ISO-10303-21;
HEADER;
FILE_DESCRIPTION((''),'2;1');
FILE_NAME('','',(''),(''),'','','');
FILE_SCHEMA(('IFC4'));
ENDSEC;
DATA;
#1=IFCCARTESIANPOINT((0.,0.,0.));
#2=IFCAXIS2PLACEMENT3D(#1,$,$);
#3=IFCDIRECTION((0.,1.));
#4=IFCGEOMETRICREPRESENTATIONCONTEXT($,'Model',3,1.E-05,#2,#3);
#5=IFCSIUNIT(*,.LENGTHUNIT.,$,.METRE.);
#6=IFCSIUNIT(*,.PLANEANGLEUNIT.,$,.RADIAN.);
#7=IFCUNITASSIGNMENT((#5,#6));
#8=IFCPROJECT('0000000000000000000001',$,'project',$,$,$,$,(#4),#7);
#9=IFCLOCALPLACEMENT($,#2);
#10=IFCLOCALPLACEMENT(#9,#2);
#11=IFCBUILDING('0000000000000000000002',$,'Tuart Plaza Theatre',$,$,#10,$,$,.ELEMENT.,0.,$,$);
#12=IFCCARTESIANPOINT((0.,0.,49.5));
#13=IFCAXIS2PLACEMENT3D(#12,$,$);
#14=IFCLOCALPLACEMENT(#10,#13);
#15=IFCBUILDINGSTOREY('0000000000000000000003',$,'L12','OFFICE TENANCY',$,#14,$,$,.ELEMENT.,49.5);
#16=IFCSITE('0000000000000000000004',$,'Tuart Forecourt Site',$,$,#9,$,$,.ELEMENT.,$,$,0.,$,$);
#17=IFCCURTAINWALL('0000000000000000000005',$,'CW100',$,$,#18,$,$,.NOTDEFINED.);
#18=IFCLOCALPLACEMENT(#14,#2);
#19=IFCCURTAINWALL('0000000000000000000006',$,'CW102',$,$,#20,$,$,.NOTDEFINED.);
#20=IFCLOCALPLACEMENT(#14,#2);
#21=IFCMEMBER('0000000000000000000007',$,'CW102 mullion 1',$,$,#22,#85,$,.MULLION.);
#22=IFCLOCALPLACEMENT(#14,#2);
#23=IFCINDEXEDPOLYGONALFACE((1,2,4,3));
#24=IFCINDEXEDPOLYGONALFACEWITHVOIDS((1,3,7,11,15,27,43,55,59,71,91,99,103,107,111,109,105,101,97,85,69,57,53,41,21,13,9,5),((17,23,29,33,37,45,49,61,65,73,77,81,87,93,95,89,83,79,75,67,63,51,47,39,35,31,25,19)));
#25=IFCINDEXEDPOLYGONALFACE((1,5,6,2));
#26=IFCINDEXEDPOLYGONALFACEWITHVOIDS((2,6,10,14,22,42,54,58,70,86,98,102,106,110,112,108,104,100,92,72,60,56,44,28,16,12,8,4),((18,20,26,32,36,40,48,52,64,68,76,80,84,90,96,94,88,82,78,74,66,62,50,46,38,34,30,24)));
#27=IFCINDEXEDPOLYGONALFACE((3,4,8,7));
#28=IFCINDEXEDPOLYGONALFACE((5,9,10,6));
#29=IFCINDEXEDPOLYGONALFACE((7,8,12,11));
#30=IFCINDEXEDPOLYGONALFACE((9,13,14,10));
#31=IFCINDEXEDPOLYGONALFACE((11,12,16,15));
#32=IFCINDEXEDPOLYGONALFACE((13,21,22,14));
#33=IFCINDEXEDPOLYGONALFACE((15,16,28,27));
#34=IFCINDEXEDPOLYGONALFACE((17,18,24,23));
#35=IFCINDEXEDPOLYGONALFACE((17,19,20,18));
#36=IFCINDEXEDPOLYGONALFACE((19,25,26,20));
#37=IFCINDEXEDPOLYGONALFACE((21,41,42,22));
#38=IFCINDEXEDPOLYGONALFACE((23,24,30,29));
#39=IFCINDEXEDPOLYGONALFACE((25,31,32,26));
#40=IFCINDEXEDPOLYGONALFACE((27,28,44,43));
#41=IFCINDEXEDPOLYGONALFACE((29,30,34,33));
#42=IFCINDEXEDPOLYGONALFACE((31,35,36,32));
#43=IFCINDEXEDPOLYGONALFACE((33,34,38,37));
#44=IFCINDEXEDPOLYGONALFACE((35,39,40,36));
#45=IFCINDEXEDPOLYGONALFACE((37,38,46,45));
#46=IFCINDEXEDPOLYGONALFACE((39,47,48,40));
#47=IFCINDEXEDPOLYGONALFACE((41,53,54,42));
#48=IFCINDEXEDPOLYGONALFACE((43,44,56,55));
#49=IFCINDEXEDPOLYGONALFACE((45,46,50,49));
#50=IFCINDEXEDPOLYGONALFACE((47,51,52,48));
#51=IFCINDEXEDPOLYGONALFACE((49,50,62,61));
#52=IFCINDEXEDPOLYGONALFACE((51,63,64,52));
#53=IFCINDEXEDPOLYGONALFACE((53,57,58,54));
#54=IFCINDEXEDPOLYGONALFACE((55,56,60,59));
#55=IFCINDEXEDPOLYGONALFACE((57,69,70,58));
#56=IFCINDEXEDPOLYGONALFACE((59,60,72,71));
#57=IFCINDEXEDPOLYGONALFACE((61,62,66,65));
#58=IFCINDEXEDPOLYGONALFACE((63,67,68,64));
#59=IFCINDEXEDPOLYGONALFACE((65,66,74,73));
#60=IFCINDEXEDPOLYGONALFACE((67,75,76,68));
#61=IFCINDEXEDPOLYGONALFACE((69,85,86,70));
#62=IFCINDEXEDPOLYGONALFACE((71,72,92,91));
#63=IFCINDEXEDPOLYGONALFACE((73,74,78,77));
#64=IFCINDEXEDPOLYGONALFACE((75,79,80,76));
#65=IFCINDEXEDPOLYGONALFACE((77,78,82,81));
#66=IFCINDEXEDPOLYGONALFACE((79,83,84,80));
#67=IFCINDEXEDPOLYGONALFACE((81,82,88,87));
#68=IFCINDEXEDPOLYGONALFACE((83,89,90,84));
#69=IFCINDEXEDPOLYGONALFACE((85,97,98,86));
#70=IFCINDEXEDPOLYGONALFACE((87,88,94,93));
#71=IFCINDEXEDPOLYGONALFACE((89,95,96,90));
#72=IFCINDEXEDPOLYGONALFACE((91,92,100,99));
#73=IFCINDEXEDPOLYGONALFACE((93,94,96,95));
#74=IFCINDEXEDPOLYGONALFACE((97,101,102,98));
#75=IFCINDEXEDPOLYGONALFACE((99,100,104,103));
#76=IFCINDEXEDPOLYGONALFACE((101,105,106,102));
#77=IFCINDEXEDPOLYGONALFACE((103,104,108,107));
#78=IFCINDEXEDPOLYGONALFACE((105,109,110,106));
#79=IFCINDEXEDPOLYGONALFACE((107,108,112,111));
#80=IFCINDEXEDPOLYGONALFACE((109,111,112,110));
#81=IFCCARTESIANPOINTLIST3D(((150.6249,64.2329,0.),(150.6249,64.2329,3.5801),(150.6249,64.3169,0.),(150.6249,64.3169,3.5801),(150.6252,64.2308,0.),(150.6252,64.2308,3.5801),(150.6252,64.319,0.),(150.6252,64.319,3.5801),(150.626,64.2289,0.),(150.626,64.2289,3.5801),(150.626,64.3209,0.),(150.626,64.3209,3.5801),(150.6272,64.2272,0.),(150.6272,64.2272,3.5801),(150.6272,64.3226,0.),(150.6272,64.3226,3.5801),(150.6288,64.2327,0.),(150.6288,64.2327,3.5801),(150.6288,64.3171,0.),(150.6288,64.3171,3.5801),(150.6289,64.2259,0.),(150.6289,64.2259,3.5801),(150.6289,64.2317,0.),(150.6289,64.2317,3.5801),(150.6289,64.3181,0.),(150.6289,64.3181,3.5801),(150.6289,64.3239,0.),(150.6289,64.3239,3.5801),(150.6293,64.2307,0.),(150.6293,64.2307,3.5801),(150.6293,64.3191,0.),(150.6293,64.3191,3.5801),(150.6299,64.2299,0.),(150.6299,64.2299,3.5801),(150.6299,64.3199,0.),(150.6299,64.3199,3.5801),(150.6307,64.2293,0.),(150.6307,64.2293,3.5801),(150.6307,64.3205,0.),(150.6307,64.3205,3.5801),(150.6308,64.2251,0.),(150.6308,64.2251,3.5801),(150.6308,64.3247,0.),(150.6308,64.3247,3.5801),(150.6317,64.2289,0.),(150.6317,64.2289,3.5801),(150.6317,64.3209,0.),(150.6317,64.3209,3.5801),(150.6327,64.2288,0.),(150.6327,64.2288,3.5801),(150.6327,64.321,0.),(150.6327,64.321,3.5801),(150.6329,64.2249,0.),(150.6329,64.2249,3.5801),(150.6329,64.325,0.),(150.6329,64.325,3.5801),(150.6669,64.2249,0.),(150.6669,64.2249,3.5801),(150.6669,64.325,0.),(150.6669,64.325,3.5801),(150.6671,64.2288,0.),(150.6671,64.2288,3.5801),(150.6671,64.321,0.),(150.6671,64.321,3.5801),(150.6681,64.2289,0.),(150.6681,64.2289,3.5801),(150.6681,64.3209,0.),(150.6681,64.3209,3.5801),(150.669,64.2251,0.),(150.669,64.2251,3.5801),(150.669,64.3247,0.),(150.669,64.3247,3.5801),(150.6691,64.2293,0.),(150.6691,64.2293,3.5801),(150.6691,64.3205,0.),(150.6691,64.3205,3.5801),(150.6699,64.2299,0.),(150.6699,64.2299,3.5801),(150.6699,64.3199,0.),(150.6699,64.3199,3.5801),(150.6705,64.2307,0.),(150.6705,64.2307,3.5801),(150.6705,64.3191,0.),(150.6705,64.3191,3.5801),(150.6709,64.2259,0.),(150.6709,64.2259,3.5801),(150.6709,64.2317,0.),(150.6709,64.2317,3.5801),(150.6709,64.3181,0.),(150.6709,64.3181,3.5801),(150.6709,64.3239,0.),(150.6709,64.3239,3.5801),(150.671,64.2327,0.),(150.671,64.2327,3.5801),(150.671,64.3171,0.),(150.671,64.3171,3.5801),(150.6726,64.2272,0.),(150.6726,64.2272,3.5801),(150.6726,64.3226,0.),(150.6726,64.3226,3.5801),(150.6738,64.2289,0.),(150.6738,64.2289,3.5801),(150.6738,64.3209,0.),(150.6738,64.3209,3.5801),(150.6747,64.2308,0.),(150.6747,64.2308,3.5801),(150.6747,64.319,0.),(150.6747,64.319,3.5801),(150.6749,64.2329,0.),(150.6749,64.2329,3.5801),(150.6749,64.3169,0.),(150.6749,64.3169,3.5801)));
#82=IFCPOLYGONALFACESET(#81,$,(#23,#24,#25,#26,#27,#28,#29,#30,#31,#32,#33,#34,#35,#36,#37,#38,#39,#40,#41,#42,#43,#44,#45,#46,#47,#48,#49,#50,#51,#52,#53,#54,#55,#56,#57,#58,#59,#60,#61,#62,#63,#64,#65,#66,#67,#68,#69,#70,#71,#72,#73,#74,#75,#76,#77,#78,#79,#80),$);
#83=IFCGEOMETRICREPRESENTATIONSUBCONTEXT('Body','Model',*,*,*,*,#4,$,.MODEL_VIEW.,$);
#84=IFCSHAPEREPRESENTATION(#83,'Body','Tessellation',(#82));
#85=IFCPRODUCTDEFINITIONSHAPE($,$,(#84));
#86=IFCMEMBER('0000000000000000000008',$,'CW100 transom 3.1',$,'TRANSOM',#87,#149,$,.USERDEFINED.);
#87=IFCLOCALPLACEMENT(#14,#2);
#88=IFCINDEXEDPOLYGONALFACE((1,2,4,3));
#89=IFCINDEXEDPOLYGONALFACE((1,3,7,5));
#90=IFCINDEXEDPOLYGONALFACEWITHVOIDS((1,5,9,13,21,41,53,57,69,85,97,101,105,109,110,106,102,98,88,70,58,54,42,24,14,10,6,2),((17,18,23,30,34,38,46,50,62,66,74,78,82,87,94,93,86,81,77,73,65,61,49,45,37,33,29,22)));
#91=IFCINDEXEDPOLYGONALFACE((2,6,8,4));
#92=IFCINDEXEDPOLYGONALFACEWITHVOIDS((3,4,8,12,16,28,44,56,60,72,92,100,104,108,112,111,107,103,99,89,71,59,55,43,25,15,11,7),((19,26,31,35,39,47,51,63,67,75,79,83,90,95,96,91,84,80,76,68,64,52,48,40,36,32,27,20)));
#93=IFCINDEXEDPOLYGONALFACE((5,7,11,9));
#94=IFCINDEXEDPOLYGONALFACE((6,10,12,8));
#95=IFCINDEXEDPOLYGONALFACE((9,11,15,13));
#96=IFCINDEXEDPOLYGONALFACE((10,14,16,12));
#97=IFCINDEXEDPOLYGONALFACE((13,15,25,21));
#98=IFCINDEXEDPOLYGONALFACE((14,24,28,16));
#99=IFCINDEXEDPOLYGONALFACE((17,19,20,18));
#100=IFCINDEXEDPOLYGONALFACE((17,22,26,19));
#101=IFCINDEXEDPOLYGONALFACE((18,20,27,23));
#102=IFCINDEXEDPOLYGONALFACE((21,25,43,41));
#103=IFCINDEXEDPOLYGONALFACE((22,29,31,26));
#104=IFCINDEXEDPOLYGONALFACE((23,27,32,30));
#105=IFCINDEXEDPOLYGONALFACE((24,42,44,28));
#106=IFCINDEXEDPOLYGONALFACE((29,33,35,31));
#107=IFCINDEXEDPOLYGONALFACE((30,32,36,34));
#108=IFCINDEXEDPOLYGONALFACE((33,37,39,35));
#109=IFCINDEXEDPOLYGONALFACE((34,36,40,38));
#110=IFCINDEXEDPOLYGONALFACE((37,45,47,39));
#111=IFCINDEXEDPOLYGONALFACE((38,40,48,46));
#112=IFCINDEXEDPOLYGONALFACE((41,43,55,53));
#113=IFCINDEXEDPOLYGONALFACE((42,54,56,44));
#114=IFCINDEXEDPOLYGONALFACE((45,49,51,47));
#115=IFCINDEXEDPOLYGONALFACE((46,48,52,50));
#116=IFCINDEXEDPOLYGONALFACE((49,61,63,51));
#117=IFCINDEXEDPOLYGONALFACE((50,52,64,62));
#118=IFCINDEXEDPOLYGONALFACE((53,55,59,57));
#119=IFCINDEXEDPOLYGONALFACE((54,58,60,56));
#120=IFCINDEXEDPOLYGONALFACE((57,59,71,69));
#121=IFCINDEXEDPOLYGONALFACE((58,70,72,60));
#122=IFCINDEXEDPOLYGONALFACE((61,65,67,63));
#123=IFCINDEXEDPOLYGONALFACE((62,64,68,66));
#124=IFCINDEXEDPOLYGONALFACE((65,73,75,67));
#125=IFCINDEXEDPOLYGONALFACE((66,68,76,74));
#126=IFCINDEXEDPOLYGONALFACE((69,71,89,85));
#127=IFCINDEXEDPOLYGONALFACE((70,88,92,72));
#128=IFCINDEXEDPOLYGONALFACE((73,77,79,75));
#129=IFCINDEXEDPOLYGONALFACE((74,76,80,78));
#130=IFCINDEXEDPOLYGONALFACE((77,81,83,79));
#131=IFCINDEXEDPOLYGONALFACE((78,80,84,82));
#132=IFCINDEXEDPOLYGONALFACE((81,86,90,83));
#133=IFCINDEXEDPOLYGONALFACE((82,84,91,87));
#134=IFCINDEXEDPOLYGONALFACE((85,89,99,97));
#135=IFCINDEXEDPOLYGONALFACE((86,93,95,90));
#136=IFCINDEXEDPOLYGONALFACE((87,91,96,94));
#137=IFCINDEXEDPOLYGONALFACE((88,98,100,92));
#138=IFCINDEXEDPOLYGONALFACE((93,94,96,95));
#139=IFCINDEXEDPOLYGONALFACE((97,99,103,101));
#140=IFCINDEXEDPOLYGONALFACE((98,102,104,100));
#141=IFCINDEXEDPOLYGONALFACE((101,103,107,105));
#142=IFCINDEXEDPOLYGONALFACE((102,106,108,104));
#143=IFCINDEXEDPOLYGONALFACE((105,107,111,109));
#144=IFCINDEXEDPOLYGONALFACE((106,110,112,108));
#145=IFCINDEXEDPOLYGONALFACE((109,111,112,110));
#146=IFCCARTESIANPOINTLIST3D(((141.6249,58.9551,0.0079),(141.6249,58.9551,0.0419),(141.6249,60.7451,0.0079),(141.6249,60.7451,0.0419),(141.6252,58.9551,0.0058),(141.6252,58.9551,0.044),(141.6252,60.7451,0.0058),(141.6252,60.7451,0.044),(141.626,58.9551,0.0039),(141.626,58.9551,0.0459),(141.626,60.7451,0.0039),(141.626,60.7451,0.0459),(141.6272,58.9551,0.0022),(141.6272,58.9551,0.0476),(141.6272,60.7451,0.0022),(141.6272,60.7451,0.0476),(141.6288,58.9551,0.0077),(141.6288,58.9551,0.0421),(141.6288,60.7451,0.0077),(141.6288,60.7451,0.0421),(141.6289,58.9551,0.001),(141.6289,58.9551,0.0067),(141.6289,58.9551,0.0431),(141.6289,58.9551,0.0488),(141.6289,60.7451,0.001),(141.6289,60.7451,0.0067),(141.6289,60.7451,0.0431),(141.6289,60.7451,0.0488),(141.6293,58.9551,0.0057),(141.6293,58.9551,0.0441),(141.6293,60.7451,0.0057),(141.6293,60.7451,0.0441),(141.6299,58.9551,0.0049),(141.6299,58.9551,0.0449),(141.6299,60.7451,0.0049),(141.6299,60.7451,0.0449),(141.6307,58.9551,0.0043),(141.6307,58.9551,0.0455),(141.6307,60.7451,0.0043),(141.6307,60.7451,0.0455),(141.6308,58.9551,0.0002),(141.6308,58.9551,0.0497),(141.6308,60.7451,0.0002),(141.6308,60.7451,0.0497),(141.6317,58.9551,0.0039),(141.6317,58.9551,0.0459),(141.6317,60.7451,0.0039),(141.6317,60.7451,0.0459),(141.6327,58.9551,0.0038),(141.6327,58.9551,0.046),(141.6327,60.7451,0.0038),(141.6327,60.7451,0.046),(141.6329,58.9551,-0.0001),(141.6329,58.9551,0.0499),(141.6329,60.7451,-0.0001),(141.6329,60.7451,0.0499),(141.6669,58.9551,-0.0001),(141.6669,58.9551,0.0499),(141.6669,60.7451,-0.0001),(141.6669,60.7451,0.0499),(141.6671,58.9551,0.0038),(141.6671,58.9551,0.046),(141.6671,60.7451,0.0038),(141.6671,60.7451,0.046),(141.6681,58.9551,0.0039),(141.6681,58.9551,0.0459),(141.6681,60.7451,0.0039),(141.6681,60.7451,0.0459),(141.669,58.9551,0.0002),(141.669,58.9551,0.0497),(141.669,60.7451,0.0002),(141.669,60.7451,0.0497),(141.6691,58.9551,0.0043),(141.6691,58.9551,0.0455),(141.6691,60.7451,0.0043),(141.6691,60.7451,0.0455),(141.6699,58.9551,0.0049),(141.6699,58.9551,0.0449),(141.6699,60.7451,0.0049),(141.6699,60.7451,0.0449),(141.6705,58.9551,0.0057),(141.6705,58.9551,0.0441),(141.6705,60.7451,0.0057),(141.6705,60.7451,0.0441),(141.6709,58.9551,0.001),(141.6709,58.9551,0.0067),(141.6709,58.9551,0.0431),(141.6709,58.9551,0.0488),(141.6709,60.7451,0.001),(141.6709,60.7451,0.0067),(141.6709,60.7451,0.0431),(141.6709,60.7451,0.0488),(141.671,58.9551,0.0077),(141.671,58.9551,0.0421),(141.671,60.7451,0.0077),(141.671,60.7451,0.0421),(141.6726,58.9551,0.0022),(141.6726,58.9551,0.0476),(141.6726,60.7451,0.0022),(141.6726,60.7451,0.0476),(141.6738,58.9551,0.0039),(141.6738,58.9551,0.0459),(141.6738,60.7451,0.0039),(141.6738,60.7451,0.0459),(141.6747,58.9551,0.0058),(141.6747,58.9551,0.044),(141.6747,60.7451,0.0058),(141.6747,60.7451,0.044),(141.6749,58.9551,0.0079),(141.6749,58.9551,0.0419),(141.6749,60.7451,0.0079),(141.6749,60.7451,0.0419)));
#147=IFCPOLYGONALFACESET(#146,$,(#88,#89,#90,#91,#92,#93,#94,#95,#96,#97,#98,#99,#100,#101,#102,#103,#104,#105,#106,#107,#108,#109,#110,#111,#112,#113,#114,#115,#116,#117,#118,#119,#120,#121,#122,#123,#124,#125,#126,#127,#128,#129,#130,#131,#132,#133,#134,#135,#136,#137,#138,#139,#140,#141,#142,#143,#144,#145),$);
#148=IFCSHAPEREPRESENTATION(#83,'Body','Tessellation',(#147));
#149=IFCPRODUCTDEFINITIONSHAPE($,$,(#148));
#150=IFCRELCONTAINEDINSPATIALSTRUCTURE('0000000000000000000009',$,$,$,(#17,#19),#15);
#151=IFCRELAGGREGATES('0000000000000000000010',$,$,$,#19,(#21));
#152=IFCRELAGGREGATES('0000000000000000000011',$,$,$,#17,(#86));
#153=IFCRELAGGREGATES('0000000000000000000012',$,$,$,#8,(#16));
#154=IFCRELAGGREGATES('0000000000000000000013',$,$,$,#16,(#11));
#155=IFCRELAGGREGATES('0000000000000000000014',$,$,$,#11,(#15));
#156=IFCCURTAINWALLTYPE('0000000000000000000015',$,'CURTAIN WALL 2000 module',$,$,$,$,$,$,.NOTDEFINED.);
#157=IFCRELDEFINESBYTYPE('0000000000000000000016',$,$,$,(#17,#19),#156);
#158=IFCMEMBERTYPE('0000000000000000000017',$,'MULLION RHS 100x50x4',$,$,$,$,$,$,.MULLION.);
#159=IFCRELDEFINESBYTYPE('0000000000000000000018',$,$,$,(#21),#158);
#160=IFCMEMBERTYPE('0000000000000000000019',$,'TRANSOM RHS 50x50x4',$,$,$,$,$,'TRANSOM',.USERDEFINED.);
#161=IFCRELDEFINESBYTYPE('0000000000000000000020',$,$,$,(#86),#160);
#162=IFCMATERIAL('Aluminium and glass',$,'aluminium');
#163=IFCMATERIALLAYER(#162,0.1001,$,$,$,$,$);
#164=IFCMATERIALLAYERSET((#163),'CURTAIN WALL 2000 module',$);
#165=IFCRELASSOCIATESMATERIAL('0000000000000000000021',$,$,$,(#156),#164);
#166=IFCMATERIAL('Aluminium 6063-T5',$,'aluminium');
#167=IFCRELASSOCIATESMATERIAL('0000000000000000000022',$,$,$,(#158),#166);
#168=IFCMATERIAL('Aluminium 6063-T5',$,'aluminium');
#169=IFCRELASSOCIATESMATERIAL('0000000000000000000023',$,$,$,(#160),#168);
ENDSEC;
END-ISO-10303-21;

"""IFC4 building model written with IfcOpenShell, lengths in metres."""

from ifc_helpers import new_model, si_unit, direction, frame, origin, origin_2d, place, context, subcontext, project, spatial, hollow_rectangle, extrude, material, layer, layer_set, material_profile, profile_set, type_object, element, aggregate, save


model = new_model("IFC4")

# Units and contexts
model_context = context("Model", 3, precision=1e-05, world=origin(), true_north=direction((0.0, 1.0)))
body_context = subcontext(model_context, "Body", "Model", "MODEL_VIEW")
ifc_project = project(units=[si_unit("LENGTHUNIT", "METRE"), si_unit("PLANEANGLEUNIT", "RADIAN")], contexts=[model_context])

# Site, building, storey
site_placement = place(None, origin())
site = spatial("IfcSite", under=ifc_project, at=site_placement, Name="Tuart Forecourt Site", CompositionType="ELEMENT", RefElevation=0.0)
building_placement = place(site_placement, origin())
building = spatial("IfcBuilding", under=site, at=building_placement, Name="Tuart Plaza Theatre", CompositionType="ELEMENT", ElevationOfRefHeight=0.0)
storey_placement = place(building_placement, frame((0.0, 0.0, 49.5)))
storey = spatial("IfcBuildingStorey", under=building, at=storey_placement, Name="L12", Description="OFFICE TENANCY", CompositionType="ELEMENT", Elevation=49.5)

# Curtain wall
ifc_material_1 = material(Name="Aluminium and glass", Category="aluminium")
ifc_layer_1 = layer(ifc_material_1, 0.1001)
ifc_layer_set_1 = layer_set([ifc_layer_1], Name="CURTAIN WALL 2000 module")
curtain_wall_type = type_object("IfcCurtainWallType", Name="CURTAIN WALL 2000 module", PredefinedType="NOTDEFINED", material=ifc_layer_set_1)
curtain_wall_1_placement = place(storey_placement, origin())
curtain_wall_1 = element("IfcCurtainWall", 1, at=curtain_wall_1_placement, inside=storey, type_object=curtain_wall_type, Name="CW100", PredefinedType="NOTDEFINED")
ifc_material_2 = material(Name="Aluminium 6063-T5", Category="aluminium")
ifc_material_profile_1 = material_profile(ifc_material_2, hollow_rectangle(XDim=0.05, YDim=0.1001, WallThickness=0.0039, InnerFilletRadius=0.0039, OuterFilletRadius=0.0081, at=origin_2d()), Name="RHS 100x50x4")
ifc_profile_set_1 = profile_set([ifc_material_profile_1], Name="Aluminium 6063-T5")
member_type_1 = type_object("IfcMemberType", Name="MULLION RHS 100x50x4", PredefinedType="MULLION", material=ifc_profile_set_1)

# Curtain wall, member
curtain_wall_2_placement = place(storey_placement, origin())
curtain_wall_2 = element("IfcCurtainWall", 2, at=curtain_wall_2_placement, inside=storey, type_object=curtain_wall_type, Name="CW102", PredefinedType="NOTDEFINED")
member_1_placement = place(storey_placement, frame((150.6499, 64.2749, 0.0), z_axis=(0.0, 0.0, 1.0), x_axis=(-1.0, 0.0, 0.0)))
member_1 = element("IfcMember", 3, at=member_1_placement, type_object=member_type_1, Name="CW102 mullion 1", PredefinedType="MULLION", context=body_context, shape_type="SweptSolid", body=[
    extrude(hollow_rectangle(XDim=0.05, YDim=0.1001, WallThickness=0.0039, InnerFilletRadius=0.0039, OuterFilletRadius=0.0081, at=origin_2d()), origin(), (0.0, 0.0, 1.0), 3.5801),
])

# Member
ifc_material_3 = material(Name="Aluminium 6063-T5", Category="aluminium")
ifc_material_profile_2 = material_profile(ifc_material_3, hollow_rectangle(XDim=0.05, YDim=0.05, WallThickness=0.0039, InnerFilletRadius=0.0039, OuterFilletRadius=0.0081, at=origin_2d()), Name="RHS 50x50x4")
ifc_profile_set_2 = profile_set([ifc_material_profile_2], Name="Aluminium 6063-T5")
member_type_2 = type_object("IfcMemberType", Name="TRANSOM RHS 50x50x4", ElementType="TRANSOM", PredefinedType="USERDEFINED", material=ifc_profile_set_2)
member_2_placement = place(storey_placement, frame((141.6499, 58.9551, 0.0249), z_axis=(0.0, 1.0, 0.0), x_axis=(-1.0, 0.0, 0.0)))
member_2 = element("IfcMember", 4, at=member_2_placement, type_object=member_type_2, Name="CW100 transom 3.1", ObjectType="TRANSOM", PredefinedType="USERDEFINED", context=body_context, shape_type="SweptSolid", body=[
    extrude(hollow_rectangle(XDim=0.05, YDim=0.05, WallThickness=0.0039, InnerFilletRadius=0.0039, OuterFilletRadius=0.0081, at=origin_2d()), origin(), (0.0, 0.0, 1.0), 1.79),
])
aggregate(curtain_wall_2, [member_1])

aggregate(curtain_wall_1, [member_2])

save(model, "model.ifc")
